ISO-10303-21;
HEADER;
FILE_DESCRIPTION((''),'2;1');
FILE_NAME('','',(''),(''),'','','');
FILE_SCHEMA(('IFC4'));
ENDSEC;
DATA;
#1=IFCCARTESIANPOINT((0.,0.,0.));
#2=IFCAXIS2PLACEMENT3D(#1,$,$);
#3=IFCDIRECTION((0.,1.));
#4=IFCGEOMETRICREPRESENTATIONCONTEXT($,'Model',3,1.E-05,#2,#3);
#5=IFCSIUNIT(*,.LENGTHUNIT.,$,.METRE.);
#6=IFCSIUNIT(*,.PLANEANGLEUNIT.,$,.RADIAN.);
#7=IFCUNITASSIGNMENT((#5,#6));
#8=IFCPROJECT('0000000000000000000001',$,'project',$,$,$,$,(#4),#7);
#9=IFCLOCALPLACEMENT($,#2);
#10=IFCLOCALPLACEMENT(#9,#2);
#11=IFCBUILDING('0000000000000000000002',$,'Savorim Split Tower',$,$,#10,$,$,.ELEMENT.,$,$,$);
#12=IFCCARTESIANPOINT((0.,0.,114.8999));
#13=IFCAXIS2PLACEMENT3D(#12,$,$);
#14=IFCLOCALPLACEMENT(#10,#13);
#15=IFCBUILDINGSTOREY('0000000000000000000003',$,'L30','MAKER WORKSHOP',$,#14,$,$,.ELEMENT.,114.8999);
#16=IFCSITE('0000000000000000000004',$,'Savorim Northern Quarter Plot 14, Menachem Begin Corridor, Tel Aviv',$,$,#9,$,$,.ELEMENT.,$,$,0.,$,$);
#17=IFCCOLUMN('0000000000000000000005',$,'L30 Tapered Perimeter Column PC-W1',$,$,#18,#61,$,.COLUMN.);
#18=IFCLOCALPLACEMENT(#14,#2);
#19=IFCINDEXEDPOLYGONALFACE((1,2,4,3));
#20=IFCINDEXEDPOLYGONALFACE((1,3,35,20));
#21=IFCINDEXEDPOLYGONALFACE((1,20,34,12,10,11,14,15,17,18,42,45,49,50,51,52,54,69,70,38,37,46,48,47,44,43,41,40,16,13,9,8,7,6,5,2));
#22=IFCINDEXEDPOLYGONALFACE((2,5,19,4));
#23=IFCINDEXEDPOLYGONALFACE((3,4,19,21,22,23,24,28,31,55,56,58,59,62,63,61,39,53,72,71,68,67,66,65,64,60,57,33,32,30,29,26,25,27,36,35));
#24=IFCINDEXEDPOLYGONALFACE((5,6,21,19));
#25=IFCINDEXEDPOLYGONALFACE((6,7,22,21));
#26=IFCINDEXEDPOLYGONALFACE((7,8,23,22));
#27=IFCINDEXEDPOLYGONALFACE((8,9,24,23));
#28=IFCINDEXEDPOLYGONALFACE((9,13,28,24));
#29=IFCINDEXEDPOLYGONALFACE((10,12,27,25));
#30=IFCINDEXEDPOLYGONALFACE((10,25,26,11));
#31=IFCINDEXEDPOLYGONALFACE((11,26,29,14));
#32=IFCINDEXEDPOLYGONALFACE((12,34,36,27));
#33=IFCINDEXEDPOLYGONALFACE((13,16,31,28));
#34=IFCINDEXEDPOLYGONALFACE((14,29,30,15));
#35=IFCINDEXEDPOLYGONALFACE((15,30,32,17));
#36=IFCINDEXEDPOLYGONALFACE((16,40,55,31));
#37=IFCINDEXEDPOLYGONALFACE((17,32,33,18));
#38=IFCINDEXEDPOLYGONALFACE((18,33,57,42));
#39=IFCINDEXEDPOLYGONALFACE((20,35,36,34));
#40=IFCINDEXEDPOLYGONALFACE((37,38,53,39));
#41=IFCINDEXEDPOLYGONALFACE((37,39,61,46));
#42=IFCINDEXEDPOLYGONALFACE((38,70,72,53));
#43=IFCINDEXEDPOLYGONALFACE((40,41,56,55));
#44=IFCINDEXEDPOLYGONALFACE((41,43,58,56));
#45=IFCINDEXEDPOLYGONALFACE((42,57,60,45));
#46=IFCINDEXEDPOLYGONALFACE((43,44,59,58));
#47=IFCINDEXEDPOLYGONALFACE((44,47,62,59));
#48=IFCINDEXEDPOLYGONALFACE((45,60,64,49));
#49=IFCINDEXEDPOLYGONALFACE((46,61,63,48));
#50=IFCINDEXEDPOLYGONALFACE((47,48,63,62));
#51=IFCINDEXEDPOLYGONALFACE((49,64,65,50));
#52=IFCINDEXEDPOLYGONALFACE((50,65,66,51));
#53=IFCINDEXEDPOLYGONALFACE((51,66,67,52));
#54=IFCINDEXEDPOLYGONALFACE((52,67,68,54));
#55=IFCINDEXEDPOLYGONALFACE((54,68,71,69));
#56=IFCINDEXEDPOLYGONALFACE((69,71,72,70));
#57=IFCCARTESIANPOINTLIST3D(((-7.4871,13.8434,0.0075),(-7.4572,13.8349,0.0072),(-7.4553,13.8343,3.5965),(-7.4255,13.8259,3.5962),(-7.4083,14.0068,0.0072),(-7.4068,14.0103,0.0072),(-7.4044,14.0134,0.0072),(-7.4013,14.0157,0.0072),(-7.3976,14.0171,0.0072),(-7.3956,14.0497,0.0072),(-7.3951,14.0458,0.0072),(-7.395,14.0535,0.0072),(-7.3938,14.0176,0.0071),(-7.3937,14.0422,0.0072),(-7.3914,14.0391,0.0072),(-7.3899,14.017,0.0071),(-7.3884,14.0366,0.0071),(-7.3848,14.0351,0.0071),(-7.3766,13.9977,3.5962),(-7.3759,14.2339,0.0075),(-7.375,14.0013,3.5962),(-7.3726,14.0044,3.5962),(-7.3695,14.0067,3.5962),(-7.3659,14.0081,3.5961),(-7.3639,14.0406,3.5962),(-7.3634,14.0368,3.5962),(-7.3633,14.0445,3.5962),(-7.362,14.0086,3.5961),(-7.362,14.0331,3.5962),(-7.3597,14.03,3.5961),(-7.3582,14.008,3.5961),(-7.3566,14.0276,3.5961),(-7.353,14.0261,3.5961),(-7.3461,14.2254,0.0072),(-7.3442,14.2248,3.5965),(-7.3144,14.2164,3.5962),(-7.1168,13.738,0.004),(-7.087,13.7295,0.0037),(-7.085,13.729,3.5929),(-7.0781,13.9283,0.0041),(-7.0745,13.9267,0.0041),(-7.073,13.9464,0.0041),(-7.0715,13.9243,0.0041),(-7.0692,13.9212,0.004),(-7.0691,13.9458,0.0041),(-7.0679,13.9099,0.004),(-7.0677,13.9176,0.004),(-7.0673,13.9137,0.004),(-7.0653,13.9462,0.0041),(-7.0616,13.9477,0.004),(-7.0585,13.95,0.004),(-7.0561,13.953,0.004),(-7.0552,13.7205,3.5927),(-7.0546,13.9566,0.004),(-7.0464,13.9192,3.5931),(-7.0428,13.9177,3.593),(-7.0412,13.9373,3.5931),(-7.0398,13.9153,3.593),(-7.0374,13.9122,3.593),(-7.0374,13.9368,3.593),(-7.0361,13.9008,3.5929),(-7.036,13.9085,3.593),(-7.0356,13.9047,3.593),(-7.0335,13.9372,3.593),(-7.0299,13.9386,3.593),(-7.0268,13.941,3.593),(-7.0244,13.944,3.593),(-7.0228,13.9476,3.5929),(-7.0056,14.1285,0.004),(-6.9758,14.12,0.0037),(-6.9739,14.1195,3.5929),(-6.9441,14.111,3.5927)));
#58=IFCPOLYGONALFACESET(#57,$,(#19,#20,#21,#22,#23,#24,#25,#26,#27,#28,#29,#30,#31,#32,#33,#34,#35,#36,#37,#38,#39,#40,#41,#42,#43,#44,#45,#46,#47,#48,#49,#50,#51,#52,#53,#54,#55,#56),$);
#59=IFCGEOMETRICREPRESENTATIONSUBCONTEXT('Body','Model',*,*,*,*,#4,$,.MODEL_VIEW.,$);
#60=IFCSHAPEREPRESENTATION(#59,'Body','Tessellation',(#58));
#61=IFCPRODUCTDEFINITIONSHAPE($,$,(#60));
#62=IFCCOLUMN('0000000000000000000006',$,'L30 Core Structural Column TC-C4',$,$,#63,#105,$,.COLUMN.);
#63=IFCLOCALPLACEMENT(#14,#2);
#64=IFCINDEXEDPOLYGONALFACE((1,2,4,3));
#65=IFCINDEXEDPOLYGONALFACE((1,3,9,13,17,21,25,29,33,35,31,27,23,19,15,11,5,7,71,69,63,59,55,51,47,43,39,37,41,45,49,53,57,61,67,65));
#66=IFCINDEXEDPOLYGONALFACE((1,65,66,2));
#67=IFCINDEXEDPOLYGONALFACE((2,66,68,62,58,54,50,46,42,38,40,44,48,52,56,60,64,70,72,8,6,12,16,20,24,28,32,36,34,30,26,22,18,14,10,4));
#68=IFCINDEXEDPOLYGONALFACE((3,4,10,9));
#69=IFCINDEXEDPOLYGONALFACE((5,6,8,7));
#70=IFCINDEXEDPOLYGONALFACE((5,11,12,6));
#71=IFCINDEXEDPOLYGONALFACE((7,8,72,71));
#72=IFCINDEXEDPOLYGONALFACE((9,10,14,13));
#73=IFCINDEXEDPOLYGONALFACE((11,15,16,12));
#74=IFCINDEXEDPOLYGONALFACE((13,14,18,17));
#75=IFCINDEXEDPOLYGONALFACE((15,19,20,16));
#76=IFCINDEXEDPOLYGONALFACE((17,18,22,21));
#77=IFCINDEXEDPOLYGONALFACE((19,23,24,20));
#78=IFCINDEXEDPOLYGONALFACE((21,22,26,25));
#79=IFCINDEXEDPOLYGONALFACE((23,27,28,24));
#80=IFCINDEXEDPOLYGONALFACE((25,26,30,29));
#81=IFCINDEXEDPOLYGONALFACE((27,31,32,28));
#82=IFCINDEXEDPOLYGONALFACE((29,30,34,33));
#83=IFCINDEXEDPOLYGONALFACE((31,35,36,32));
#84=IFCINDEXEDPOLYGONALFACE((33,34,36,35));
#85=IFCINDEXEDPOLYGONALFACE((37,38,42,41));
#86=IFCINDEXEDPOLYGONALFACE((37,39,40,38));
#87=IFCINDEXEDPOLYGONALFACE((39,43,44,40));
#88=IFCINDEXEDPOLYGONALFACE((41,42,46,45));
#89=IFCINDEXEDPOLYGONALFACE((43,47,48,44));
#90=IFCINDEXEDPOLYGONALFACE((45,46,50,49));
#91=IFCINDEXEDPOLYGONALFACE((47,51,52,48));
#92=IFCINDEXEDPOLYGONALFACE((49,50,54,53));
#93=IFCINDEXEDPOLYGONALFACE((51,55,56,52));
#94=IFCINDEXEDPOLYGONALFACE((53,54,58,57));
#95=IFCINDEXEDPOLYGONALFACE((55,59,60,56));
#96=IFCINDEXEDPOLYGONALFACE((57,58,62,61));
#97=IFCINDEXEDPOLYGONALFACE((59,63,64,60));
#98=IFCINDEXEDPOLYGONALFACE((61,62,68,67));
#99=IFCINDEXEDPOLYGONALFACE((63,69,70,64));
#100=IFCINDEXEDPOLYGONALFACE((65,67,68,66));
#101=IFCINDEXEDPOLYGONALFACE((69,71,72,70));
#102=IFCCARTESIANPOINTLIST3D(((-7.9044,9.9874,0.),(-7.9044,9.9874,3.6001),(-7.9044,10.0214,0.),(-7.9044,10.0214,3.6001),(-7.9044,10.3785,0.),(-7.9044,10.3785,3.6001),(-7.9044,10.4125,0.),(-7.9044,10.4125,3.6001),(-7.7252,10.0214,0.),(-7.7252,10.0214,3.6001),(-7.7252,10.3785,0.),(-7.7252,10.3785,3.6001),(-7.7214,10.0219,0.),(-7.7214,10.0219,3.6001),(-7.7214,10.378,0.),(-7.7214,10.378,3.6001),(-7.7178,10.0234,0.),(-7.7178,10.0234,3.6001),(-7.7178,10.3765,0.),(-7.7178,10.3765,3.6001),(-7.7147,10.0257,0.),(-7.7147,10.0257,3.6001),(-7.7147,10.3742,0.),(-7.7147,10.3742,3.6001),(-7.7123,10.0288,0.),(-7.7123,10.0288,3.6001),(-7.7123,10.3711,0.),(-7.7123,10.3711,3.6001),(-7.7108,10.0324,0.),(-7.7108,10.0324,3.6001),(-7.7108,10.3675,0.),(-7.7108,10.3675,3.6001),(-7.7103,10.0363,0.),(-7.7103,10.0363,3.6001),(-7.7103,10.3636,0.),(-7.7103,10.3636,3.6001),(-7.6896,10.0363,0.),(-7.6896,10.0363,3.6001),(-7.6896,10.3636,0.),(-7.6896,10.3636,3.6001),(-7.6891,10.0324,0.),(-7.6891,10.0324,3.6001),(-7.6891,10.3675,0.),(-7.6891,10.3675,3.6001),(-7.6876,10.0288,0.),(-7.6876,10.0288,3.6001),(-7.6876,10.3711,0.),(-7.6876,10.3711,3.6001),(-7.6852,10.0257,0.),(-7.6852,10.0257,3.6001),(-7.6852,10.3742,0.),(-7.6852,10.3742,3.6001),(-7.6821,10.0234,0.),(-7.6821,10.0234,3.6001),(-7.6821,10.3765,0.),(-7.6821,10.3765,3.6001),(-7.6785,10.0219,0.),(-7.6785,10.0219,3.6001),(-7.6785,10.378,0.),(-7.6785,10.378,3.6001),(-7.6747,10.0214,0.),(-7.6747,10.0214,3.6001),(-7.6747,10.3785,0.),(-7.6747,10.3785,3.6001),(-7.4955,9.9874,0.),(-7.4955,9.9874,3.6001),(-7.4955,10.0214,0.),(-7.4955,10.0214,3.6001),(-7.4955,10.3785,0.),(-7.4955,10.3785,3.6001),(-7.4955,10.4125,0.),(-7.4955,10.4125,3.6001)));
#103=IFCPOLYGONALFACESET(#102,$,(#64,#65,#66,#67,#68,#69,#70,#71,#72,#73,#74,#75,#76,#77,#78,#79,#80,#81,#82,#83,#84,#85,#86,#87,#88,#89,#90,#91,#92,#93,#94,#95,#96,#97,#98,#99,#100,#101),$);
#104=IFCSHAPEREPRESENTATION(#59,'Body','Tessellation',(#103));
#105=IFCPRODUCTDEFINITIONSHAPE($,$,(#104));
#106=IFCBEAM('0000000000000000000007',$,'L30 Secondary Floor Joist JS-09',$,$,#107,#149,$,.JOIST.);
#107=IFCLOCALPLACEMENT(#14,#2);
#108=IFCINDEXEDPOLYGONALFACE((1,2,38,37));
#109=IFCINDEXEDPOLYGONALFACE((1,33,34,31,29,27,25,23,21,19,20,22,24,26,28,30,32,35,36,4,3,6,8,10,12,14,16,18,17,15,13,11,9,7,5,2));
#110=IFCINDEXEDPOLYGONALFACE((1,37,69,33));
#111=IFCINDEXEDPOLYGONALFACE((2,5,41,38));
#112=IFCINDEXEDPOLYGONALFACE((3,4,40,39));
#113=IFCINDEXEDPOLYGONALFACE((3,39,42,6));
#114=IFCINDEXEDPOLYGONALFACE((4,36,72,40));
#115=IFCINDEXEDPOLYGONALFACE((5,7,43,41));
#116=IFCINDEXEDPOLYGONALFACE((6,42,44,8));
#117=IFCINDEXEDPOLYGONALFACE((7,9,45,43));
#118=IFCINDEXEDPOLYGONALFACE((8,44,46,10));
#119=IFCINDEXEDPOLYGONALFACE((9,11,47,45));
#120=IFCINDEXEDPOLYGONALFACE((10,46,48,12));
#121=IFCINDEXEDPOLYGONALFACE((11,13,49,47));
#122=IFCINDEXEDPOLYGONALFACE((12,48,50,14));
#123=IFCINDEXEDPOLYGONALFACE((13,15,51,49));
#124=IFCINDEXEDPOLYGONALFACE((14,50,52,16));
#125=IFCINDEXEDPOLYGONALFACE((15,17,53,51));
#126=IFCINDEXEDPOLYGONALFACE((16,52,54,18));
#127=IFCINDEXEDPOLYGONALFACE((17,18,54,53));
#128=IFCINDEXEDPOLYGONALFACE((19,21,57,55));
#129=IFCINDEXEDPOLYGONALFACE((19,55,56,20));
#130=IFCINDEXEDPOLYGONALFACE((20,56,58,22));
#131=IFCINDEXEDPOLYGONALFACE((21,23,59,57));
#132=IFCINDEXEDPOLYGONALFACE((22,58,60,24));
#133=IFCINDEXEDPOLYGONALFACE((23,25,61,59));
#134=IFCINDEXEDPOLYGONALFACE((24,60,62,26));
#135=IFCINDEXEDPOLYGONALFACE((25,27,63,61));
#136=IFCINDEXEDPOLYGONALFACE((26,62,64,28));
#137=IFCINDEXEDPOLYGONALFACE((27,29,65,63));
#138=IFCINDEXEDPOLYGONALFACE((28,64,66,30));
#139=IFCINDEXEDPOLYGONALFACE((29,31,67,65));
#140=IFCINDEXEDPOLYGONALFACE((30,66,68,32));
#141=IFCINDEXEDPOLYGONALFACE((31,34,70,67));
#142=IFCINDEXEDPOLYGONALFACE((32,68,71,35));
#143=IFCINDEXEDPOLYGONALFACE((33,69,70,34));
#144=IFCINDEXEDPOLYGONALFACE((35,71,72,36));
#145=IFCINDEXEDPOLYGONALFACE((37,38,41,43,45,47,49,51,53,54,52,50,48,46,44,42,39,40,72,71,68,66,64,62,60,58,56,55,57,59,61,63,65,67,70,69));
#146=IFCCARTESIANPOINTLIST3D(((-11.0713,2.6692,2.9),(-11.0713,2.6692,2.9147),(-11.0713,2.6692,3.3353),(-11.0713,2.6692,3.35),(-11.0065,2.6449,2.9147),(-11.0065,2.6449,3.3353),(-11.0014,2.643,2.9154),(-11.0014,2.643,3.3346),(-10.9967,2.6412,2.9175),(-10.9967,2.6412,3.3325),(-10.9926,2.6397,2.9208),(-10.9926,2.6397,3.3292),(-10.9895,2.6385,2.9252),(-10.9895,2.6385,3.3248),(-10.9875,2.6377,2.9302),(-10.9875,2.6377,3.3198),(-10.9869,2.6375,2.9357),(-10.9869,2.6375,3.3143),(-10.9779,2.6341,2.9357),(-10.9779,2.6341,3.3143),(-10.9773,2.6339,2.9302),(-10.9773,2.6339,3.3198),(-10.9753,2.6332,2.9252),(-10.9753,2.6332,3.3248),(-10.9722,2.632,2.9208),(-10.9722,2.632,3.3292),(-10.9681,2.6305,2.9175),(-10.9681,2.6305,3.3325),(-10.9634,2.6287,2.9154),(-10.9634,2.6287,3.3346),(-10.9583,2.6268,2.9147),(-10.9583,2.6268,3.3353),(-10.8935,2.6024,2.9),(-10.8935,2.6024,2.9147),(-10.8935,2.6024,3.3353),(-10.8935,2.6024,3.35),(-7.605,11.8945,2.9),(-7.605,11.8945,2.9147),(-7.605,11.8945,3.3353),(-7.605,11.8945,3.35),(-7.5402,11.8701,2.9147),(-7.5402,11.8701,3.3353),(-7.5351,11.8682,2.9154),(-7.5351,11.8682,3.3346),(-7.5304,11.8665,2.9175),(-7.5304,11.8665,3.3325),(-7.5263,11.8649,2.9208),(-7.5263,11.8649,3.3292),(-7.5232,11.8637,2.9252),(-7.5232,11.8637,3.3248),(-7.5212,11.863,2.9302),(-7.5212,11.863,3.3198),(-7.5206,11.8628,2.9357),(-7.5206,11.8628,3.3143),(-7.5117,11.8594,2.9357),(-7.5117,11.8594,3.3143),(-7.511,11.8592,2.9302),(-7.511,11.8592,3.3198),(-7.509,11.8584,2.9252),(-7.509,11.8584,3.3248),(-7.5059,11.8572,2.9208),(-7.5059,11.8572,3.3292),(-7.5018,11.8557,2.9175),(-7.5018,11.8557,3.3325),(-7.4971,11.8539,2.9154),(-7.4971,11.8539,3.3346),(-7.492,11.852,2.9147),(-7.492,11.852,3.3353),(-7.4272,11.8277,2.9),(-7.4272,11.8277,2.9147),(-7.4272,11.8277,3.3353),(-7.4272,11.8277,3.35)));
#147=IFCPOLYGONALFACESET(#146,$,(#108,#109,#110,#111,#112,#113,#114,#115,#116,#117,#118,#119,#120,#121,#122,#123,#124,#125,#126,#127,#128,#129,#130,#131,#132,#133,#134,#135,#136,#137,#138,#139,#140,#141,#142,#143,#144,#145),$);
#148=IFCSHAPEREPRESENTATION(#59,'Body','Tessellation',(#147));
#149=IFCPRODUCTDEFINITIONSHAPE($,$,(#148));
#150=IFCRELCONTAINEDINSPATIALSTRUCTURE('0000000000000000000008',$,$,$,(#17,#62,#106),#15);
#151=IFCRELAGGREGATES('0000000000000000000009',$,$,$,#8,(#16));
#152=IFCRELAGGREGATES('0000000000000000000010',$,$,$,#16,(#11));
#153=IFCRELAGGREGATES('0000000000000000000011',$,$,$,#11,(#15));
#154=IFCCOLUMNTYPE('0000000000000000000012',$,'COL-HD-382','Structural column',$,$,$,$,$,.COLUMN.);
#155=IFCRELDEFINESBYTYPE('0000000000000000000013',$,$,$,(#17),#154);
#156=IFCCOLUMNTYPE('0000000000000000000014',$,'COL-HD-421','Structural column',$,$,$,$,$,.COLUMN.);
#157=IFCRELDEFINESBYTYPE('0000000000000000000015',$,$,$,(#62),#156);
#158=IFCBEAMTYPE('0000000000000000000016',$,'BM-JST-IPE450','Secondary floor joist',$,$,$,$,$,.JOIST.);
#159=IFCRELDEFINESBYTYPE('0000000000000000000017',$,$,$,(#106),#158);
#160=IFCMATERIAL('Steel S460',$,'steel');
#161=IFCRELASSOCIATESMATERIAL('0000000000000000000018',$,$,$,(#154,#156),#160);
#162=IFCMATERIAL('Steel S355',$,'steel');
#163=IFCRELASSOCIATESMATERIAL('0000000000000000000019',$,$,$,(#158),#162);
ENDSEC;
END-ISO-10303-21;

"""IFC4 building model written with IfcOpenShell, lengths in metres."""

from ifc_helpers import new_model, si_unit, direction, frame, origin, origin_2d, place, context, subcontext, project, spatial, i_section, extrude, material, material_profile, profile_set, type_object, element, save


model = new_model("IFC4")

# Units and contexts
model_context = context("Model", 3, precision=1e-05, world=origin(), true_north=direction((0.0, 1.0)))
body_context = subcontext(model_context, "Body", "Model", "MODEL_VIEW")
ifc_project = project(units=[si_unit("LENGTHUNIT", "METRE"), si_unit("PLANEANGLEUNIT", "RADIAN")], contexts=[model_context])

# Site, building, storey
site_placement = place(None, origin())
site = spatial("IfcSite", under=ifc_project, at=site_placement, Name="Savorim Northern Quarter Plot 14, Menachem Begin Corridor, Tel Aviv", CompositionType="ELEMENT", RefElevation=0.0)
building_placement = place(site_placement, origin())
building = spatial("IfcBuilding", under=site, at=building_placement, Name="Savorim Split Tower", CompositionType="ELEMENT")
storey_placement = place(building_placement, frame((0.0, 0.0, 114.8999)))
storey = spatial("IfcBuildingStorey", under=building, at=storey_placement, Name="L30", Description="MAKER WORKSHOP", CompositionType="ELEMENT", Elevation=114.8999)

# Columns
ifc_material_1 = material(Name="Steel S460", Category="steel")
ifc_material_profile_1 = material_profile(ifc_material_1, i_section(OverallWidth=0.406, OverallDepth=0.416, WebThickness=0.0188, FlangeThickness=0.031, FilletRadius=0.0149, at=origin_2d()), Name="HD 400x382")
ifc_profile_set_1 = profile_set([ifc_material_profile_1], Name="Steel S460")
column_type_1 = type_object("IfcColumnType", Name="COL-HD-382", Description="Structural column", PredefinedType="COLUMN", material=ifc_profile_set_1)
column_1_placement = place(storey_placement, frame((-7.2314, 13.9817, 0.0056), z_axis=(0.008843, -0.002517, 0.999958), x_axis=(0.273744, 0.961803, 0.0)))
element("IfcColumn", 1, at=column_1_placement, inside=storey, type_object=column_type_1, Name="L30 Tapered Perimeter Column PC-W1", PredefinedType="COLUMN", context=body_context, shape_type="SweptSolid", body=[
    extrude(i_section(OverallWidth=0.406, OverallDepth=0.416, WebThickness=0.0188, FlangeThickness=0.031, FilletRadius=0.0149, at=origin_2d()), origin(), (0.0, 0.0, 1.0), 3.5891),
])
ifc_material_profile_2 = material_profile(ifc_material_1, i_section(OverallWidth=0.4089, OverallDepth=0.425, WebThickness=0.0208, FlangeThickness=0.0339, FilletRadius=0.0149, at=origin_2d()), Name="HD 400x421")
ifc_profile_set_2 = profile_set([ifc_material_profile_2], Name="Steel S460")
column_type_2 = type_object("IfcColumnType", Name="COL-HD-421", Description="Structural column", PredefinedType="COLUMN", material=ifc_profile_set_2)
column_2_placement = place(storey_placement, frame((-7.7, 10.2, 0.0), z_axis=(0.0, 0.0, 1.0), x_axis=(1.0, 0.0, 0.0)))
element("IfcColumn", 2, at=column_2_placement, inside=storey, type_object=column_type_2, Name="L30 Core Structural Column TC-C4", PredefinedType="COLUMN", context=body_context, shape_type="SweptSolid", body=[
    extrude(i_section(OverallWidth=0.4089, OverallDepth=0.425, WebThickness=0.0208, FlangeThickness=0.0339, FilletRadius=0.0149, at=origin_2d()), origin(), (0.0, 0.0, 1.0), 3.6001),
])

# Beam
ifc_material_2 = material(Name="Steel S355", Category="steel")
ifc_material_profile_3 = material_profile(ifc_material_2, i_section(OverallWidth=0.1899, OverallDepth=0.45, WebThickness=0.0095, FlangeThickness=0.0146, FilletRadius=0.021, at=origin_2d()), Name="IPE 450")
ifc_profile_set_3 = profile_set([ifc_material_profile_3], Name="Steel S355")
beam_type_1 = type_object("IfcBeamType", Name="BM-JST-IPE450", Description="Secondary floor joist", PredefinedType="JOIST", material=ifc_profile_set_3)
beam_1_placement = place(storey_placement, frame((-7.5161, 11.8611, 3.125), z_axis=(-0.351729, -0.936102, 0.0), x_axis=(0.936102, -0.351729, 0.0)))
element("IfcBeam", 3, at=beam_1_placement, inside=storey, type_object=beam_type_1, Name="L30 Secondary Floor Joist JS-09", PredefinedType="JOIST", context=body_context, shape_type="SweptSolid", body=[
    extrude(i_section(OverallWidth=0.1899, OverallDepth=0.45, WebThickness=0.0095, FlangeThickness=0.0146, FilletRadius=0.021, at=origin_2d()), origin(), (0.0, 0.0, 1.0), 9.855),
])

save(model, "model.ifc")
